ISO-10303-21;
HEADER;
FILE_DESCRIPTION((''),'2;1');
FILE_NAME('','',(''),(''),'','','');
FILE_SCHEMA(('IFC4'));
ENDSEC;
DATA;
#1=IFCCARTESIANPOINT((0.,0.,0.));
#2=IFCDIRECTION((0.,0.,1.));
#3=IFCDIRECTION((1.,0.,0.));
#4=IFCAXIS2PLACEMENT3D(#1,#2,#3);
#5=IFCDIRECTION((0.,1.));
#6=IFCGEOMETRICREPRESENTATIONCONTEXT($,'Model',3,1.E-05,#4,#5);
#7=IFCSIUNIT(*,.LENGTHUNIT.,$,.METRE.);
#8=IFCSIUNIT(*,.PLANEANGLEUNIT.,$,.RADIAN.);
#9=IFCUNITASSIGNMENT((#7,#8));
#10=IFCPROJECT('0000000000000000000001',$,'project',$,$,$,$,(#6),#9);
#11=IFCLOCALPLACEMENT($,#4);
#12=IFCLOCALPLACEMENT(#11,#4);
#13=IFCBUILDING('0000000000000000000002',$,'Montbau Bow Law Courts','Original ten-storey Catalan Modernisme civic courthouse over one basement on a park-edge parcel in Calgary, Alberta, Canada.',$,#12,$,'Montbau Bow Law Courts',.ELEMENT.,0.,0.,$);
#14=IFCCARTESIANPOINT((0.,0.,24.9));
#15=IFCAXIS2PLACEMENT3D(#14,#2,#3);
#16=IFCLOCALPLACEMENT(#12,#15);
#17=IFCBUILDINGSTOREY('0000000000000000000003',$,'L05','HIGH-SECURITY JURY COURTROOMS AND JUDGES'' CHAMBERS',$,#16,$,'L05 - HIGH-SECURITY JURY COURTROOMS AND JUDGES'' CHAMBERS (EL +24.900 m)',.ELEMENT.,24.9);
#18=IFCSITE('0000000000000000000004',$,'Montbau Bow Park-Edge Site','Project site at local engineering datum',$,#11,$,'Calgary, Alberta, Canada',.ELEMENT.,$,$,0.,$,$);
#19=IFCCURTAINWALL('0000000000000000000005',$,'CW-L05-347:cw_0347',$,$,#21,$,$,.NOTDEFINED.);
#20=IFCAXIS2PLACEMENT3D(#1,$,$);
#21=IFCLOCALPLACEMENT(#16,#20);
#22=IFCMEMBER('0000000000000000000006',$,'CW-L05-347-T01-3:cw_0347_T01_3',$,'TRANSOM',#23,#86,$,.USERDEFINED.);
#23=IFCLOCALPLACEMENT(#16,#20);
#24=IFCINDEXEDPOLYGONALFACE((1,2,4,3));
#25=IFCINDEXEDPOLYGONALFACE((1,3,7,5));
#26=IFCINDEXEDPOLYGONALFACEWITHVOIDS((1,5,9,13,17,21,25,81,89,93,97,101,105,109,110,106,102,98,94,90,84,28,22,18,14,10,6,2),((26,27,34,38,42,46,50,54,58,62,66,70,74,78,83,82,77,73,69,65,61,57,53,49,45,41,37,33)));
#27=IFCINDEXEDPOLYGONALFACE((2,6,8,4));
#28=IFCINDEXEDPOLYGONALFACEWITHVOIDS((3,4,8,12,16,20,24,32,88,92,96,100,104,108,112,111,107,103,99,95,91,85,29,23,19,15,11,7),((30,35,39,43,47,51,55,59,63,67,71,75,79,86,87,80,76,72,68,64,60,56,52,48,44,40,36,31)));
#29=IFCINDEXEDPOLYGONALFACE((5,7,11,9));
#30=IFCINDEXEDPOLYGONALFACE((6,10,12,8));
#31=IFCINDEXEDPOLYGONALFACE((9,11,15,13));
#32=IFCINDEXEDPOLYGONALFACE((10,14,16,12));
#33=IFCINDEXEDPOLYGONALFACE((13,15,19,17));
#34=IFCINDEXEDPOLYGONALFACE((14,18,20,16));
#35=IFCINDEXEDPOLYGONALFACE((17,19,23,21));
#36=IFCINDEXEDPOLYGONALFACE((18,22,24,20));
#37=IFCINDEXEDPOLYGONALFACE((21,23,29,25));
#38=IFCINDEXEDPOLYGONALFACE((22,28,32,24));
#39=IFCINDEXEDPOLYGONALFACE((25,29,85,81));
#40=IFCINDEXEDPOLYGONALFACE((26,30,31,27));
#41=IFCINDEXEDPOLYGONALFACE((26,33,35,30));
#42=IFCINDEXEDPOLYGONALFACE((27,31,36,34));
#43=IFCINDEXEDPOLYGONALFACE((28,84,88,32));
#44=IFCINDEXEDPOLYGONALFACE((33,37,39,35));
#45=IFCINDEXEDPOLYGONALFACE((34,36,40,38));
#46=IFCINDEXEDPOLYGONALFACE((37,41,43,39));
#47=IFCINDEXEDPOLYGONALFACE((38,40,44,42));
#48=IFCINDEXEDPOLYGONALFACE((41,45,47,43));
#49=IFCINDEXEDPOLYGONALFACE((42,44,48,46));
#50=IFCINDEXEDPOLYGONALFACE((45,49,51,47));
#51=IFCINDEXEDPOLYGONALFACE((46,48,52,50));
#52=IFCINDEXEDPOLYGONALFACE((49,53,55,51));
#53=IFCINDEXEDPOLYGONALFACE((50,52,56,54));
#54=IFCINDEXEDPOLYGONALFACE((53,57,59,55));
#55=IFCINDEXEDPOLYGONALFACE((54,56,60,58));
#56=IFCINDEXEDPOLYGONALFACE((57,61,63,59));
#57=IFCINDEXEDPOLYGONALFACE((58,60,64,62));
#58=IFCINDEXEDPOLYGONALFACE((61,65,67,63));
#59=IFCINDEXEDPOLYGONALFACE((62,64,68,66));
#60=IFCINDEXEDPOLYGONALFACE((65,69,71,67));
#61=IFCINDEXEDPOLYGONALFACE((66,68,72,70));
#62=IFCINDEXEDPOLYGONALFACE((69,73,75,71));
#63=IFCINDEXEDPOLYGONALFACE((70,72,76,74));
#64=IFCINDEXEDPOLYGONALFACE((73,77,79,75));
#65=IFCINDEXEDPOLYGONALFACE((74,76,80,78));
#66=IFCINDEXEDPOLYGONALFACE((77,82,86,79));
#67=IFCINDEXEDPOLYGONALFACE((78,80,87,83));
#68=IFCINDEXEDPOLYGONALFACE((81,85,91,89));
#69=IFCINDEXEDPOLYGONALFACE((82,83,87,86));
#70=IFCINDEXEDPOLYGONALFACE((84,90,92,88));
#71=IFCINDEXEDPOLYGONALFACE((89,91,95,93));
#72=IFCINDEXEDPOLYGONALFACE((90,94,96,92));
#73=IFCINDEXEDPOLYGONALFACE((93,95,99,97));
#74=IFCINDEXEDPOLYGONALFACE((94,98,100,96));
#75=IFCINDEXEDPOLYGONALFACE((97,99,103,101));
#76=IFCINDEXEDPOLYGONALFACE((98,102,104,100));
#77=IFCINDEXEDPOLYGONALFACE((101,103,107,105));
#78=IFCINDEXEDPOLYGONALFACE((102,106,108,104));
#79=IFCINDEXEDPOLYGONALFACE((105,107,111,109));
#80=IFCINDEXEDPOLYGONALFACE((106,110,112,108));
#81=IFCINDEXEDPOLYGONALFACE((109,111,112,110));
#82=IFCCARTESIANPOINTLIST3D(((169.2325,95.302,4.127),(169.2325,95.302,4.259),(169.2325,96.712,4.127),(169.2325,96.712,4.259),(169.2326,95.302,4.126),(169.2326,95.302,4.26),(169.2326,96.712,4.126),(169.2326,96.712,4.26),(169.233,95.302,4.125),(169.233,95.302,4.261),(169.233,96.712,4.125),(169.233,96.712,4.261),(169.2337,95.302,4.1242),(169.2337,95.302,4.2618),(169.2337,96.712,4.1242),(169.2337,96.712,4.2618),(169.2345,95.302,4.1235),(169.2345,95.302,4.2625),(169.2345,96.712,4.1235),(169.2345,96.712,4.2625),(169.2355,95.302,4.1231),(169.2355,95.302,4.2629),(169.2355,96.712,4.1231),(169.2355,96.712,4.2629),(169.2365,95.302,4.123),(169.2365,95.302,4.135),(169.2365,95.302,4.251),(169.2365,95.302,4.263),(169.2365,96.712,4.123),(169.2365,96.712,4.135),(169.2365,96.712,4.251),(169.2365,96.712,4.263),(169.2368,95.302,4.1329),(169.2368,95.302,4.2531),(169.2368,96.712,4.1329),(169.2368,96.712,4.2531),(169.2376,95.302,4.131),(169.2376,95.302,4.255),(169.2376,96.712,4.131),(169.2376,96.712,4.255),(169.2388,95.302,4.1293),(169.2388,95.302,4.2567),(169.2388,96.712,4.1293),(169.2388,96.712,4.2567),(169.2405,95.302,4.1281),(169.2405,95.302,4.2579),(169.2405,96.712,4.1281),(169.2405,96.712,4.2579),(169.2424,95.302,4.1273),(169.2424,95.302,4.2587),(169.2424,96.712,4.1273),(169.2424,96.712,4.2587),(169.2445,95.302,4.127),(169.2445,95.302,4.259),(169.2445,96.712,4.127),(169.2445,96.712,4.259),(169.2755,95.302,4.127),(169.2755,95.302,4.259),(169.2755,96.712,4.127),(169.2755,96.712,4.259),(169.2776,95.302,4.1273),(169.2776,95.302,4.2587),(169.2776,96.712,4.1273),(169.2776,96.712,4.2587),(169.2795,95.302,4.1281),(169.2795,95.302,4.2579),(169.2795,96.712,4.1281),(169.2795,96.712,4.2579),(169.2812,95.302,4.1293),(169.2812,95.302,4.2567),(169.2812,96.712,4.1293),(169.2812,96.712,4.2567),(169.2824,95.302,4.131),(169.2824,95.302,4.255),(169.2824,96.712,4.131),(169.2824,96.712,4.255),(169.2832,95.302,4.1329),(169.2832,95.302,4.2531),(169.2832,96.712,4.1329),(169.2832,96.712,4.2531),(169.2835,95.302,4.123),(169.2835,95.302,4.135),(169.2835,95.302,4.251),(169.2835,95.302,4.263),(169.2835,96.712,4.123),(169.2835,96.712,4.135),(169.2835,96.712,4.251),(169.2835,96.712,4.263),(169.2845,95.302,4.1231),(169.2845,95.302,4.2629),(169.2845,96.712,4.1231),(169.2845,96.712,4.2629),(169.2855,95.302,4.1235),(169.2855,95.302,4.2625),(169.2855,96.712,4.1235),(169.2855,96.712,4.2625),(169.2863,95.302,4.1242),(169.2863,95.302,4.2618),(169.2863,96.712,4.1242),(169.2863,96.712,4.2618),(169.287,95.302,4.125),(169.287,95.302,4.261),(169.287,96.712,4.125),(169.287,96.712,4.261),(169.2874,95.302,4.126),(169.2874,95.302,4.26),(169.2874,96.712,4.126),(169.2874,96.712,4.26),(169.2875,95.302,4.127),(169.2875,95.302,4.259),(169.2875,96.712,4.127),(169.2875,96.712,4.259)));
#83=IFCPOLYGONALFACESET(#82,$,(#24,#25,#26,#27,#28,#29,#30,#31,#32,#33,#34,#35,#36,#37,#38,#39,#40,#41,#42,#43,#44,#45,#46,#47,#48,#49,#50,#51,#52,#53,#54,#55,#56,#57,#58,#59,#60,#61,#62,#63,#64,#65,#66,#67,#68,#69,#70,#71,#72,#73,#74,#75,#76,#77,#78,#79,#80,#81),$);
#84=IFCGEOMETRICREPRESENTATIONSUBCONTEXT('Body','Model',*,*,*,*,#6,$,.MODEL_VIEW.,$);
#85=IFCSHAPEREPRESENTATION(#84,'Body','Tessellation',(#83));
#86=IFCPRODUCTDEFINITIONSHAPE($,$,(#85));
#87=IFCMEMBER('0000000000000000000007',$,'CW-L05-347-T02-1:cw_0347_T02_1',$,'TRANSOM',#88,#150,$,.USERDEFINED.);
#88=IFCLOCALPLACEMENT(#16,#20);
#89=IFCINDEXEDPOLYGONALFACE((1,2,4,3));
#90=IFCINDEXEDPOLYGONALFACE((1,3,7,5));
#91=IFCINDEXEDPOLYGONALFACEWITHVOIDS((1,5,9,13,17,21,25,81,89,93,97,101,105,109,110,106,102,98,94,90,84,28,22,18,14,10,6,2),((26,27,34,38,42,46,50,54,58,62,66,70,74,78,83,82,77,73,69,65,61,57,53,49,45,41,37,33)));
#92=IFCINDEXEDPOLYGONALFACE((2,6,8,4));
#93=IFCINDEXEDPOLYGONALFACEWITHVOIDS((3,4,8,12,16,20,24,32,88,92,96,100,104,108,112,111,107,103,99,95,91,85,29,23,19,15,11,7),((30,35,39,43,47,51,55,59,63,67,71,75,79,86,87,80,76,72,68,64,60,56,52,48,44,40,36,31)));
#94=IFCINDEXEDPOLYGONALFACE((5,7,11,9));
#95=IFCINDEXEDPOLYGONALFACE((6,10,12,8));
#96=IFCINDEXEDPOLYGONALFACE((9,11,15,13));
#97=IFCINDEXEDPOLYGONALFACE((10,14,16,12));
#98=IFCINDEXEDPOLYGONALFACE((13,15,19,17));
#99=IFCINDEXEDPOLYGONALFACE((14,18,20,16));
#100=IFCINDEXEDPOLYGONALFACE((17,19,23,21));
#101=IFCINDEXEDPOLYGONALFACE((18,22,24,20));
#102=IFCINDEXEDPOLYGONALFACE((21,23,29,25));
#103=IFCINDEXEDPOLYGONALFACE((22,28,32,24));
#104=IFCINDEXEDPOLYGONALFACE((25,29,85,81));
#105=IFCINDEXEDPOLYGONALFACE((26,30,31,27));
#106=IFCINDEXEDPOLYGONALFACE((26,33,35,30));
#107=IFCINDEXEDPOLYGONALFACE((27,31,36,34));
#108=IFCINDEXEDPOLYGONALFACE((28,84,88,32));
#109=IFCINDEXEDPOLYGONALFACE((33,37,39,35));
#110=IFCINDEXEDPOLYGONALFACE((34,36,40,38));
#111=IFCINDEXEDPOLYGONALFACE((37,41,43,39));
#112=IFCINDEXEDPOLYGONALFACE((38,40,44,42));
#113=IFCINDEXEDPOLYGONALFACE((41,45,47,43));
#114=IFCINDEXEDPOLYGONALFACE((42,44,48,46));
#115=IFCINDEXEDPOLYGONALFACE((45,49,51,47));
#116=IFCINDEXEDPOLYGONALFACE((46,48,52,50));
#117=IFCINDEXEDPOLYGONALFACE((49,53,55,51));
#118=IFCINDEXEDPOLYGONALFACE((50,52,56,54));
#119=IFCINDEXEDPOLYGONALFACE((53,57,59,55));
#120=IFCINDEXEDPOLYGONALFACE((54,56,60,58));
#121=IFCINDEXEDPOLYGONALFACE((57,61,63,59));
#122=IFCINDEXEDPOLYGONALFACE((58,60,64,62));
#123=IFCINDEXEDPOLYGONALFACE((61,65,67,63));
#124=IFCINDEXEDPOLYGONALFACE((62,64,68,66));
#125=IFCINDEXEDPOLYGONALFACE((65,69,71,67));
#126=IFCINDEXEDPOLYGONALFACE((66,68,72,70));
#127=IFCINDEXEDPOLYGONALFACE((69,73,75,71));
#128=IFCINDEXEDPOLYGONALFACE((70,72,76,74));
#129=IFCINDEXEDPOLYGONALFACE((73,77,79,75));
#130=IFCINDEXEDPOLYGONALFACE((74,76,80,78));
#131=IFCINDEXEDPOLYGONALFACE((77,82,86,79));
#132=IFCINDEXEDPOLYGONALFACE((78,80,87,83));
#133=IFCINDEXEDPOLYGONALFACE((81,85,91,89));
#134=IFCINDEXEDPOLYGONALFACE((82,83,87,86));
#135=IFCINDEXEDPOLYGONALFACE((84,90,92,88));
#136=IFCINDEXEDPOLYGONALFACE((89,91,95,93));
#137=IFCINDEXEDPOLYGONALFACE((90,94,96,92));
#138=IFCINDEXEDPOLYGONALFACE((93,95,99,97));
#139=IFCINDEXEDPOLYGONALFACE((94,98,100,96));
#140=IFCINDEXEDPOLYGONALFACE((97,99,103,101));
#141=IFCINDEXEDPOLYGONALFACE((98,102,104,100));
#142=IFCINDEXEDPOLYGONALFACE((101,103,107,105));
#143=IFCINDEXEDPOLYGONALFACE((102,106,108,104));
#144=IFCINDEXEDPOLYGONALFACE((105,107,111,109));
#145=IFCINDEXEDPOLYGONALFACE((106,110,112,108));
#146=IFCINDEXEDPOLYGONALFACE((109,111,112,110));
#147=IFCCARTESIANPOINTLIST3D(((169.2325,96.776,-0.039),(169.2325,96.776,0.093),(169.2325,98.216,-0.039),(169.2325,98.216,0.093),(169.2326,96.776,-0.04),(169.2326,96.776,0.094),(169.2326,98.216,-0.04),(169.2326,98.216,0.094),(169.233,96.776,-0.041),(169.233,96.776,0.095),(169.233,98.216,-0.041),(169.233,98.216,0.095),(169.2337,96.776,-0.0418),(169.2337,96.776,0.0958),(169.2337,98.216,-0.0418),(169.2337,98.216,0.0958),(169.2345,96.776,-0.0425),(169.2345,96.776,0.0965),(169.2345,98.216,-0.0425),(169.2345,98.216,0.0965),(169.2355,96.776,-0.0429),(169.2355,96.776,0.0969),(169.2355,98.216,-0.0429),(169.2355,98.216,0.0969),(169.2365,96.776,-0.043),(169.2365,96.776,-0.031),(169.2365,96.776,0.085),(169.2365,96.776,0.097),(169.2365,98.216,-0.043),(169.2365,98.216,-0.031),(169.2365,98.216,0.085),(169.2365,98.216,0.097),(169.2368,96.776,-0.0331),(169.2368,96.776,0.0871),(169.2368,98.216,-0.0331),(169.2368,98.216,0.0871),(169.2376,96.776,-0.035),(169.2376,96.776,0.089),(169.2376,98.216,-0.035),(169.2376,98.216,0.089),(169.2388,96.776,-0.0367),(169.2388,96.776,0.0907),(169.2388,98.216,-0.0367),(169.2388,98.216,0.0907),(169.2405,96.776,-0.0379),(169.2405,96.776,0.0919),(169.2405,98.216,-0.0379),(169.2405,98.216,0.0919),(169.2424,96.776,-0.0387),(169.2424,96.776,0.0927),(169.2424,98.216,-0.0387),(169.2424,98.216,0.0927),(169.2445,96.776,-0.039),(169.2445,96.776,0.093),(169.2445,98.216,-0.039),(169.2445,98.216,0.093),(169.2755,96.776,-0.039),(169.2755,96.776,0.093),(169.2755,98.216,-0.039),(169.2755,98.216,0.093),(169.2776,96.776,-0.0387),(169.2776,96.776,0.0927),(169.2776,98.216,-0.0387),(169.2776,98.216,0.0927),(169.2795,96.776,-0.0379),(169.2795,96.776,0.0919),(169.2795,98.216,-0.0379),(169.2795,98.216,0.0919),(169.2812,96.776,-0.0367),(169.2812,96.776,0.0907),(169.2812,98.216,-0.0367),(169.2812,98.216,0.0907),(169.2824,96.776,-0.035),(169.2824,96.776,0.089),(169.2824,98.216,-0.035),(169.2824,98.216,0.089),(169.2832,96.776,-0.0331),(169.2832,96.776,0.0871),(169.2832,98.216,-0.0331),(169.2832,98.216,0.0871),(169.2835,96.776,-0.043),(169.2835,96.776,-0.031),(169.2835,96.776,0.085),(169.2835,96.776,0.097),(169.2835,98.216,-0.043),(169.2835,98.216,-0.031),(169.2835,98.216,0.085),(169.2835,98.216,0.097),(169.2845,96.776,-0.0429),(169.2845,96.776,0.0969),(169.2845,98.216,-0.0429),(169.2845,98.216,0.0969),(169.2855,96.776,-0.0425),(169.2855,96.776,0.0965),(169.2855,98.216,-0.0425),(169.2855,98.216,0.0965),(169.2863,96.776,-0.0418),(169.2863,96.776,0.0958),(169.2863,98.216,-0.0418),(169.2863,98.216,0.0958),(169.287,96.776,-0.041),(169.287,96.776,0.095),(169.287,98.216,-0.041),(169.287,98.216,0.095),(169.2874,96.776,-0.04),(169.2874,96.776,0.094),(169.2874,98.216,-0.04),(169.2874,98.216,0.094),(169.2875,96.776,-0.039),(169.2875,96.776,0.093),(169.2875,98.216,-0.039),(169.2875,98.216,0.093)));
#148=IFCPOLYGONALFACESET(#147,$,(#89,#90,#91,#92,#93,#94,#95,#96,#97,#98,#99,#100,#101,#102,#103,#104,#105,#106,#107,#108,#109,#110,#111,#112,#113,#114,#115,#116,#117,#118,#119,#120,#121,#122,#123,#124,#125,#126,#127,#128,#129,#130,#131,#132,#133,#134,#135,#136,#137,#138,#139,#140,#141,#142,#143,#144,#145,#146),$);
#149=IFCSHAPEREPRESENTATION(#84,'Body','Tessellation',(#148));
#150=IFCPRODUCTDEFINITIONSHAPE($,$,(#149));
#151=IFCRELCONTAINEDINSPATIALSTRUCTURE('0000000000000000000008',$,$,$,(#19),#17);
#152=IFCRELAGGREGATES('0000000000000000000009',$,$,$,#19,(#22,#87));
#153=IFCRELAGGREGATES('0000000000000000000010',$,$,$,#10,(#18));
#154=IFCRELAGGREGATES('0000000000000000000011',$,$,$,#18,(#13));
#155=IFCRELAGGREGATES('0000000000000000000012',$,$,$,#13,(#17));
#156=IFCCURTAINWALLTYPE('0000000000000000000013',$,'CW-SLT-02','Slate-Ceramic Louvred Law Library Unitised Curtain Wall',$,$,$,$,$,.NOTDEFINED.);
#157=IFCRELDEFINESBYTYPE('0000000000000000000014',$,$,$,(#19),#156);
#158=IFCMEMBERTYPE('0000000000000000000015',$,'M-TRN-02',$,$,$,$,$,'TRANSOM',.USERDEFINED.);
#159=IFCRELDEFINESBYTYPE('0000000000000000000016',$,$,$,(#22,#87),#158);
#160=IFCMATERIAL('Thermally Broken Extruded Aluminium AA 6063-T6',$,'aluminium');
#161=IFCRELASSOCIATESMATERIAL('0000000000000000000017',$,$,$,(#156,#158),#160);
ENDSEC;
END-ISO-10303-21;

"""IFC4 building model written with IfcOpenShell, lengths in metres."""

from ifc_helpers import new_model, si_unit, direction, frame, origin_with_axes, origin_2d_with_axis, place, context, subcontext, project, spatial, hollow_rectangle, extrude, material, material_profile, profile_set, type_object, element, aggregate, save


model = new_model("IFC4")

# Units and contexts
model_context = context("Model", 3, precision=1e-05, world=origin_with_axes(), true_north=direction((0.0, 1.0)))
body_context = subcontext(model_context, "Body", "Model", "MODEL_VIEW")
ifc_project = project(units=[si_unit("LENGTHUNIT", "METRE"), si_unit("PLANEANGLEUNIT", "RADIAN")], contexts=[model_context])

# Site, building, storey
site_placement = place(None, origin_with_axes())
site = spatial("IfcSite", under=ifc_project, at=site_placement, Name="Montbau Bow Park-Edge Site", Description="Project site at local engineering datum", LongName="Calgary, Alberta, Canada", CompositionType="ELEMENT", RefElevation=0.0)
building_placement = place(site_placement, origin_with_axes())
building = spatial("IfcBuilding", under=site, at=building_placement, Name="Montbau Bow Law Courts", Description="Original ten-storey Catalan Modernisme civic courthouse over one basement on a park-edge parcel in Calgary, Alberta, Canada.", LongName="Montbau Bow Law Courts", CompositionType="ELEMENT", ElevationOfRefHeight=0.0, ElevationOfTerrain=0.0)
storey_placement = place(building_placement, frame((0.0, 0.0, 24.9), z_axis=(0.0, 0.0, 1.0), x_axis=(1.0, 0.0, 0.0)))
storey = spatial("IfcBuildingStorey", under=building, at=storey_placement, Name="L05", Description="HIGH-SECURITY JURY COURTROOMS AND JUDGES' CHAMBERS", LongName="L05 - HIGH-SECURITY JURY COURTROOMS AND JUDGES' CHAMBERS (EL +24.900 m)", CompositionType="ELEMENT", Elevation=24.9)

# Curtain wall, members
ifc_material_1 = material(Name="Thermally Broken Extruded Aluminium AA 6063-T6", Category="aluminium")
curtain_wall_type = type_object("IfcCurtainWallType", Name="CW-SLT-02", Description="Slate-Ceramic Louvred Law Library Unitised Curtain Wall", PredefinedType="NOTDEFINED", material=ifc_material_1)
curtain_wall_placement = place(None, frame((169.26, 95.24, 24.9), z_axis=(0.0, 0.0, 1.0), x_axis=(1.0, 0.0, 0.0)))
curtain_wall = element("IfcCurtainWall", 1, at=curtain_wall_placement, inside=storey, type_object=curtain_wall_type, Name="CW-L05-347:cw_0347", PredefinedType="NOTDEFINED")
ifc_material_profile_1 = material_profile(ifc_material_1, hollow_rectangle(XDim=0.055, YDim=0.14, WallThickness=0.004, InnerFilletRadius=0.008, OuterFilletRadius=0.004, at=origin_2d_with_axis()), Name="CWT-140X55", Category="Main", Priority=0)
ifc_profile_set_1 = profile_set([ifc_material_profile_1], Name="Thermally Broken Extruded Aluminium AA 6063-T6")
member_type_1 = type_object("IfcMemberType", Name="M-TRN-02", ElementType="TRANSOM", PredefinedType="USERDEFINED", material=ifc_profile_set_1)
member_1_placement = place(None, frame((169.26, 95.302, 29.093), z_axis=(0.0, 1.0, 0.0), x_axis=(-1.0, 0.0, 0.0)))
member_1 = element("IfcMember", 2, at=member_1_placement, type_object=member_type_1, Name="CW-L05-347-T01-3:cw_0347_T01_3", ObjectType="TRANSOM", PredefinedType="USERDEFINED", context=body_context, shape_type="SweptSolid", body=[
    extrude(hollow_rectangle(XDim=0.055, YDim=0.14, WallThickness=0.004, InnerFilletRadius=0.008, OuterFilletRadius=0.004, at=origin_2d_with_axis()), origin_with_axes(), (0.0, 0.0, 1.0), 1.41),
])
member_2_placement = place(None, frame((169.26, 96.776, 24.927), z_axis=(0.0, 1.0, 0.0), x_axis=(-1.0, 0.0, 0.0)))
member_2 = element("IfcMember", 3, at=member_2_placement, type_object=member_type_1, Name="CW-L05-347-T02-1:cw_0347_T02_1", ObjectType="TRANSOM", PredefinedType="USERDEFINED", context=body_context, shape_type="SweptSolid", body=[
    extrude(hollow_rectangle(XDim=0.055, YDim=0.14, WallThickness=0.004, InnerFilletRadius=0.008, OuterFilletRadius=0.004, at=origin_2d_with_axis()), origin_with_axes(), (0.0, 0.0, 1.0), 1.44),
])
aggregate(curtain_wall, [member_1, member_2])

save(model, "model.ifc")
